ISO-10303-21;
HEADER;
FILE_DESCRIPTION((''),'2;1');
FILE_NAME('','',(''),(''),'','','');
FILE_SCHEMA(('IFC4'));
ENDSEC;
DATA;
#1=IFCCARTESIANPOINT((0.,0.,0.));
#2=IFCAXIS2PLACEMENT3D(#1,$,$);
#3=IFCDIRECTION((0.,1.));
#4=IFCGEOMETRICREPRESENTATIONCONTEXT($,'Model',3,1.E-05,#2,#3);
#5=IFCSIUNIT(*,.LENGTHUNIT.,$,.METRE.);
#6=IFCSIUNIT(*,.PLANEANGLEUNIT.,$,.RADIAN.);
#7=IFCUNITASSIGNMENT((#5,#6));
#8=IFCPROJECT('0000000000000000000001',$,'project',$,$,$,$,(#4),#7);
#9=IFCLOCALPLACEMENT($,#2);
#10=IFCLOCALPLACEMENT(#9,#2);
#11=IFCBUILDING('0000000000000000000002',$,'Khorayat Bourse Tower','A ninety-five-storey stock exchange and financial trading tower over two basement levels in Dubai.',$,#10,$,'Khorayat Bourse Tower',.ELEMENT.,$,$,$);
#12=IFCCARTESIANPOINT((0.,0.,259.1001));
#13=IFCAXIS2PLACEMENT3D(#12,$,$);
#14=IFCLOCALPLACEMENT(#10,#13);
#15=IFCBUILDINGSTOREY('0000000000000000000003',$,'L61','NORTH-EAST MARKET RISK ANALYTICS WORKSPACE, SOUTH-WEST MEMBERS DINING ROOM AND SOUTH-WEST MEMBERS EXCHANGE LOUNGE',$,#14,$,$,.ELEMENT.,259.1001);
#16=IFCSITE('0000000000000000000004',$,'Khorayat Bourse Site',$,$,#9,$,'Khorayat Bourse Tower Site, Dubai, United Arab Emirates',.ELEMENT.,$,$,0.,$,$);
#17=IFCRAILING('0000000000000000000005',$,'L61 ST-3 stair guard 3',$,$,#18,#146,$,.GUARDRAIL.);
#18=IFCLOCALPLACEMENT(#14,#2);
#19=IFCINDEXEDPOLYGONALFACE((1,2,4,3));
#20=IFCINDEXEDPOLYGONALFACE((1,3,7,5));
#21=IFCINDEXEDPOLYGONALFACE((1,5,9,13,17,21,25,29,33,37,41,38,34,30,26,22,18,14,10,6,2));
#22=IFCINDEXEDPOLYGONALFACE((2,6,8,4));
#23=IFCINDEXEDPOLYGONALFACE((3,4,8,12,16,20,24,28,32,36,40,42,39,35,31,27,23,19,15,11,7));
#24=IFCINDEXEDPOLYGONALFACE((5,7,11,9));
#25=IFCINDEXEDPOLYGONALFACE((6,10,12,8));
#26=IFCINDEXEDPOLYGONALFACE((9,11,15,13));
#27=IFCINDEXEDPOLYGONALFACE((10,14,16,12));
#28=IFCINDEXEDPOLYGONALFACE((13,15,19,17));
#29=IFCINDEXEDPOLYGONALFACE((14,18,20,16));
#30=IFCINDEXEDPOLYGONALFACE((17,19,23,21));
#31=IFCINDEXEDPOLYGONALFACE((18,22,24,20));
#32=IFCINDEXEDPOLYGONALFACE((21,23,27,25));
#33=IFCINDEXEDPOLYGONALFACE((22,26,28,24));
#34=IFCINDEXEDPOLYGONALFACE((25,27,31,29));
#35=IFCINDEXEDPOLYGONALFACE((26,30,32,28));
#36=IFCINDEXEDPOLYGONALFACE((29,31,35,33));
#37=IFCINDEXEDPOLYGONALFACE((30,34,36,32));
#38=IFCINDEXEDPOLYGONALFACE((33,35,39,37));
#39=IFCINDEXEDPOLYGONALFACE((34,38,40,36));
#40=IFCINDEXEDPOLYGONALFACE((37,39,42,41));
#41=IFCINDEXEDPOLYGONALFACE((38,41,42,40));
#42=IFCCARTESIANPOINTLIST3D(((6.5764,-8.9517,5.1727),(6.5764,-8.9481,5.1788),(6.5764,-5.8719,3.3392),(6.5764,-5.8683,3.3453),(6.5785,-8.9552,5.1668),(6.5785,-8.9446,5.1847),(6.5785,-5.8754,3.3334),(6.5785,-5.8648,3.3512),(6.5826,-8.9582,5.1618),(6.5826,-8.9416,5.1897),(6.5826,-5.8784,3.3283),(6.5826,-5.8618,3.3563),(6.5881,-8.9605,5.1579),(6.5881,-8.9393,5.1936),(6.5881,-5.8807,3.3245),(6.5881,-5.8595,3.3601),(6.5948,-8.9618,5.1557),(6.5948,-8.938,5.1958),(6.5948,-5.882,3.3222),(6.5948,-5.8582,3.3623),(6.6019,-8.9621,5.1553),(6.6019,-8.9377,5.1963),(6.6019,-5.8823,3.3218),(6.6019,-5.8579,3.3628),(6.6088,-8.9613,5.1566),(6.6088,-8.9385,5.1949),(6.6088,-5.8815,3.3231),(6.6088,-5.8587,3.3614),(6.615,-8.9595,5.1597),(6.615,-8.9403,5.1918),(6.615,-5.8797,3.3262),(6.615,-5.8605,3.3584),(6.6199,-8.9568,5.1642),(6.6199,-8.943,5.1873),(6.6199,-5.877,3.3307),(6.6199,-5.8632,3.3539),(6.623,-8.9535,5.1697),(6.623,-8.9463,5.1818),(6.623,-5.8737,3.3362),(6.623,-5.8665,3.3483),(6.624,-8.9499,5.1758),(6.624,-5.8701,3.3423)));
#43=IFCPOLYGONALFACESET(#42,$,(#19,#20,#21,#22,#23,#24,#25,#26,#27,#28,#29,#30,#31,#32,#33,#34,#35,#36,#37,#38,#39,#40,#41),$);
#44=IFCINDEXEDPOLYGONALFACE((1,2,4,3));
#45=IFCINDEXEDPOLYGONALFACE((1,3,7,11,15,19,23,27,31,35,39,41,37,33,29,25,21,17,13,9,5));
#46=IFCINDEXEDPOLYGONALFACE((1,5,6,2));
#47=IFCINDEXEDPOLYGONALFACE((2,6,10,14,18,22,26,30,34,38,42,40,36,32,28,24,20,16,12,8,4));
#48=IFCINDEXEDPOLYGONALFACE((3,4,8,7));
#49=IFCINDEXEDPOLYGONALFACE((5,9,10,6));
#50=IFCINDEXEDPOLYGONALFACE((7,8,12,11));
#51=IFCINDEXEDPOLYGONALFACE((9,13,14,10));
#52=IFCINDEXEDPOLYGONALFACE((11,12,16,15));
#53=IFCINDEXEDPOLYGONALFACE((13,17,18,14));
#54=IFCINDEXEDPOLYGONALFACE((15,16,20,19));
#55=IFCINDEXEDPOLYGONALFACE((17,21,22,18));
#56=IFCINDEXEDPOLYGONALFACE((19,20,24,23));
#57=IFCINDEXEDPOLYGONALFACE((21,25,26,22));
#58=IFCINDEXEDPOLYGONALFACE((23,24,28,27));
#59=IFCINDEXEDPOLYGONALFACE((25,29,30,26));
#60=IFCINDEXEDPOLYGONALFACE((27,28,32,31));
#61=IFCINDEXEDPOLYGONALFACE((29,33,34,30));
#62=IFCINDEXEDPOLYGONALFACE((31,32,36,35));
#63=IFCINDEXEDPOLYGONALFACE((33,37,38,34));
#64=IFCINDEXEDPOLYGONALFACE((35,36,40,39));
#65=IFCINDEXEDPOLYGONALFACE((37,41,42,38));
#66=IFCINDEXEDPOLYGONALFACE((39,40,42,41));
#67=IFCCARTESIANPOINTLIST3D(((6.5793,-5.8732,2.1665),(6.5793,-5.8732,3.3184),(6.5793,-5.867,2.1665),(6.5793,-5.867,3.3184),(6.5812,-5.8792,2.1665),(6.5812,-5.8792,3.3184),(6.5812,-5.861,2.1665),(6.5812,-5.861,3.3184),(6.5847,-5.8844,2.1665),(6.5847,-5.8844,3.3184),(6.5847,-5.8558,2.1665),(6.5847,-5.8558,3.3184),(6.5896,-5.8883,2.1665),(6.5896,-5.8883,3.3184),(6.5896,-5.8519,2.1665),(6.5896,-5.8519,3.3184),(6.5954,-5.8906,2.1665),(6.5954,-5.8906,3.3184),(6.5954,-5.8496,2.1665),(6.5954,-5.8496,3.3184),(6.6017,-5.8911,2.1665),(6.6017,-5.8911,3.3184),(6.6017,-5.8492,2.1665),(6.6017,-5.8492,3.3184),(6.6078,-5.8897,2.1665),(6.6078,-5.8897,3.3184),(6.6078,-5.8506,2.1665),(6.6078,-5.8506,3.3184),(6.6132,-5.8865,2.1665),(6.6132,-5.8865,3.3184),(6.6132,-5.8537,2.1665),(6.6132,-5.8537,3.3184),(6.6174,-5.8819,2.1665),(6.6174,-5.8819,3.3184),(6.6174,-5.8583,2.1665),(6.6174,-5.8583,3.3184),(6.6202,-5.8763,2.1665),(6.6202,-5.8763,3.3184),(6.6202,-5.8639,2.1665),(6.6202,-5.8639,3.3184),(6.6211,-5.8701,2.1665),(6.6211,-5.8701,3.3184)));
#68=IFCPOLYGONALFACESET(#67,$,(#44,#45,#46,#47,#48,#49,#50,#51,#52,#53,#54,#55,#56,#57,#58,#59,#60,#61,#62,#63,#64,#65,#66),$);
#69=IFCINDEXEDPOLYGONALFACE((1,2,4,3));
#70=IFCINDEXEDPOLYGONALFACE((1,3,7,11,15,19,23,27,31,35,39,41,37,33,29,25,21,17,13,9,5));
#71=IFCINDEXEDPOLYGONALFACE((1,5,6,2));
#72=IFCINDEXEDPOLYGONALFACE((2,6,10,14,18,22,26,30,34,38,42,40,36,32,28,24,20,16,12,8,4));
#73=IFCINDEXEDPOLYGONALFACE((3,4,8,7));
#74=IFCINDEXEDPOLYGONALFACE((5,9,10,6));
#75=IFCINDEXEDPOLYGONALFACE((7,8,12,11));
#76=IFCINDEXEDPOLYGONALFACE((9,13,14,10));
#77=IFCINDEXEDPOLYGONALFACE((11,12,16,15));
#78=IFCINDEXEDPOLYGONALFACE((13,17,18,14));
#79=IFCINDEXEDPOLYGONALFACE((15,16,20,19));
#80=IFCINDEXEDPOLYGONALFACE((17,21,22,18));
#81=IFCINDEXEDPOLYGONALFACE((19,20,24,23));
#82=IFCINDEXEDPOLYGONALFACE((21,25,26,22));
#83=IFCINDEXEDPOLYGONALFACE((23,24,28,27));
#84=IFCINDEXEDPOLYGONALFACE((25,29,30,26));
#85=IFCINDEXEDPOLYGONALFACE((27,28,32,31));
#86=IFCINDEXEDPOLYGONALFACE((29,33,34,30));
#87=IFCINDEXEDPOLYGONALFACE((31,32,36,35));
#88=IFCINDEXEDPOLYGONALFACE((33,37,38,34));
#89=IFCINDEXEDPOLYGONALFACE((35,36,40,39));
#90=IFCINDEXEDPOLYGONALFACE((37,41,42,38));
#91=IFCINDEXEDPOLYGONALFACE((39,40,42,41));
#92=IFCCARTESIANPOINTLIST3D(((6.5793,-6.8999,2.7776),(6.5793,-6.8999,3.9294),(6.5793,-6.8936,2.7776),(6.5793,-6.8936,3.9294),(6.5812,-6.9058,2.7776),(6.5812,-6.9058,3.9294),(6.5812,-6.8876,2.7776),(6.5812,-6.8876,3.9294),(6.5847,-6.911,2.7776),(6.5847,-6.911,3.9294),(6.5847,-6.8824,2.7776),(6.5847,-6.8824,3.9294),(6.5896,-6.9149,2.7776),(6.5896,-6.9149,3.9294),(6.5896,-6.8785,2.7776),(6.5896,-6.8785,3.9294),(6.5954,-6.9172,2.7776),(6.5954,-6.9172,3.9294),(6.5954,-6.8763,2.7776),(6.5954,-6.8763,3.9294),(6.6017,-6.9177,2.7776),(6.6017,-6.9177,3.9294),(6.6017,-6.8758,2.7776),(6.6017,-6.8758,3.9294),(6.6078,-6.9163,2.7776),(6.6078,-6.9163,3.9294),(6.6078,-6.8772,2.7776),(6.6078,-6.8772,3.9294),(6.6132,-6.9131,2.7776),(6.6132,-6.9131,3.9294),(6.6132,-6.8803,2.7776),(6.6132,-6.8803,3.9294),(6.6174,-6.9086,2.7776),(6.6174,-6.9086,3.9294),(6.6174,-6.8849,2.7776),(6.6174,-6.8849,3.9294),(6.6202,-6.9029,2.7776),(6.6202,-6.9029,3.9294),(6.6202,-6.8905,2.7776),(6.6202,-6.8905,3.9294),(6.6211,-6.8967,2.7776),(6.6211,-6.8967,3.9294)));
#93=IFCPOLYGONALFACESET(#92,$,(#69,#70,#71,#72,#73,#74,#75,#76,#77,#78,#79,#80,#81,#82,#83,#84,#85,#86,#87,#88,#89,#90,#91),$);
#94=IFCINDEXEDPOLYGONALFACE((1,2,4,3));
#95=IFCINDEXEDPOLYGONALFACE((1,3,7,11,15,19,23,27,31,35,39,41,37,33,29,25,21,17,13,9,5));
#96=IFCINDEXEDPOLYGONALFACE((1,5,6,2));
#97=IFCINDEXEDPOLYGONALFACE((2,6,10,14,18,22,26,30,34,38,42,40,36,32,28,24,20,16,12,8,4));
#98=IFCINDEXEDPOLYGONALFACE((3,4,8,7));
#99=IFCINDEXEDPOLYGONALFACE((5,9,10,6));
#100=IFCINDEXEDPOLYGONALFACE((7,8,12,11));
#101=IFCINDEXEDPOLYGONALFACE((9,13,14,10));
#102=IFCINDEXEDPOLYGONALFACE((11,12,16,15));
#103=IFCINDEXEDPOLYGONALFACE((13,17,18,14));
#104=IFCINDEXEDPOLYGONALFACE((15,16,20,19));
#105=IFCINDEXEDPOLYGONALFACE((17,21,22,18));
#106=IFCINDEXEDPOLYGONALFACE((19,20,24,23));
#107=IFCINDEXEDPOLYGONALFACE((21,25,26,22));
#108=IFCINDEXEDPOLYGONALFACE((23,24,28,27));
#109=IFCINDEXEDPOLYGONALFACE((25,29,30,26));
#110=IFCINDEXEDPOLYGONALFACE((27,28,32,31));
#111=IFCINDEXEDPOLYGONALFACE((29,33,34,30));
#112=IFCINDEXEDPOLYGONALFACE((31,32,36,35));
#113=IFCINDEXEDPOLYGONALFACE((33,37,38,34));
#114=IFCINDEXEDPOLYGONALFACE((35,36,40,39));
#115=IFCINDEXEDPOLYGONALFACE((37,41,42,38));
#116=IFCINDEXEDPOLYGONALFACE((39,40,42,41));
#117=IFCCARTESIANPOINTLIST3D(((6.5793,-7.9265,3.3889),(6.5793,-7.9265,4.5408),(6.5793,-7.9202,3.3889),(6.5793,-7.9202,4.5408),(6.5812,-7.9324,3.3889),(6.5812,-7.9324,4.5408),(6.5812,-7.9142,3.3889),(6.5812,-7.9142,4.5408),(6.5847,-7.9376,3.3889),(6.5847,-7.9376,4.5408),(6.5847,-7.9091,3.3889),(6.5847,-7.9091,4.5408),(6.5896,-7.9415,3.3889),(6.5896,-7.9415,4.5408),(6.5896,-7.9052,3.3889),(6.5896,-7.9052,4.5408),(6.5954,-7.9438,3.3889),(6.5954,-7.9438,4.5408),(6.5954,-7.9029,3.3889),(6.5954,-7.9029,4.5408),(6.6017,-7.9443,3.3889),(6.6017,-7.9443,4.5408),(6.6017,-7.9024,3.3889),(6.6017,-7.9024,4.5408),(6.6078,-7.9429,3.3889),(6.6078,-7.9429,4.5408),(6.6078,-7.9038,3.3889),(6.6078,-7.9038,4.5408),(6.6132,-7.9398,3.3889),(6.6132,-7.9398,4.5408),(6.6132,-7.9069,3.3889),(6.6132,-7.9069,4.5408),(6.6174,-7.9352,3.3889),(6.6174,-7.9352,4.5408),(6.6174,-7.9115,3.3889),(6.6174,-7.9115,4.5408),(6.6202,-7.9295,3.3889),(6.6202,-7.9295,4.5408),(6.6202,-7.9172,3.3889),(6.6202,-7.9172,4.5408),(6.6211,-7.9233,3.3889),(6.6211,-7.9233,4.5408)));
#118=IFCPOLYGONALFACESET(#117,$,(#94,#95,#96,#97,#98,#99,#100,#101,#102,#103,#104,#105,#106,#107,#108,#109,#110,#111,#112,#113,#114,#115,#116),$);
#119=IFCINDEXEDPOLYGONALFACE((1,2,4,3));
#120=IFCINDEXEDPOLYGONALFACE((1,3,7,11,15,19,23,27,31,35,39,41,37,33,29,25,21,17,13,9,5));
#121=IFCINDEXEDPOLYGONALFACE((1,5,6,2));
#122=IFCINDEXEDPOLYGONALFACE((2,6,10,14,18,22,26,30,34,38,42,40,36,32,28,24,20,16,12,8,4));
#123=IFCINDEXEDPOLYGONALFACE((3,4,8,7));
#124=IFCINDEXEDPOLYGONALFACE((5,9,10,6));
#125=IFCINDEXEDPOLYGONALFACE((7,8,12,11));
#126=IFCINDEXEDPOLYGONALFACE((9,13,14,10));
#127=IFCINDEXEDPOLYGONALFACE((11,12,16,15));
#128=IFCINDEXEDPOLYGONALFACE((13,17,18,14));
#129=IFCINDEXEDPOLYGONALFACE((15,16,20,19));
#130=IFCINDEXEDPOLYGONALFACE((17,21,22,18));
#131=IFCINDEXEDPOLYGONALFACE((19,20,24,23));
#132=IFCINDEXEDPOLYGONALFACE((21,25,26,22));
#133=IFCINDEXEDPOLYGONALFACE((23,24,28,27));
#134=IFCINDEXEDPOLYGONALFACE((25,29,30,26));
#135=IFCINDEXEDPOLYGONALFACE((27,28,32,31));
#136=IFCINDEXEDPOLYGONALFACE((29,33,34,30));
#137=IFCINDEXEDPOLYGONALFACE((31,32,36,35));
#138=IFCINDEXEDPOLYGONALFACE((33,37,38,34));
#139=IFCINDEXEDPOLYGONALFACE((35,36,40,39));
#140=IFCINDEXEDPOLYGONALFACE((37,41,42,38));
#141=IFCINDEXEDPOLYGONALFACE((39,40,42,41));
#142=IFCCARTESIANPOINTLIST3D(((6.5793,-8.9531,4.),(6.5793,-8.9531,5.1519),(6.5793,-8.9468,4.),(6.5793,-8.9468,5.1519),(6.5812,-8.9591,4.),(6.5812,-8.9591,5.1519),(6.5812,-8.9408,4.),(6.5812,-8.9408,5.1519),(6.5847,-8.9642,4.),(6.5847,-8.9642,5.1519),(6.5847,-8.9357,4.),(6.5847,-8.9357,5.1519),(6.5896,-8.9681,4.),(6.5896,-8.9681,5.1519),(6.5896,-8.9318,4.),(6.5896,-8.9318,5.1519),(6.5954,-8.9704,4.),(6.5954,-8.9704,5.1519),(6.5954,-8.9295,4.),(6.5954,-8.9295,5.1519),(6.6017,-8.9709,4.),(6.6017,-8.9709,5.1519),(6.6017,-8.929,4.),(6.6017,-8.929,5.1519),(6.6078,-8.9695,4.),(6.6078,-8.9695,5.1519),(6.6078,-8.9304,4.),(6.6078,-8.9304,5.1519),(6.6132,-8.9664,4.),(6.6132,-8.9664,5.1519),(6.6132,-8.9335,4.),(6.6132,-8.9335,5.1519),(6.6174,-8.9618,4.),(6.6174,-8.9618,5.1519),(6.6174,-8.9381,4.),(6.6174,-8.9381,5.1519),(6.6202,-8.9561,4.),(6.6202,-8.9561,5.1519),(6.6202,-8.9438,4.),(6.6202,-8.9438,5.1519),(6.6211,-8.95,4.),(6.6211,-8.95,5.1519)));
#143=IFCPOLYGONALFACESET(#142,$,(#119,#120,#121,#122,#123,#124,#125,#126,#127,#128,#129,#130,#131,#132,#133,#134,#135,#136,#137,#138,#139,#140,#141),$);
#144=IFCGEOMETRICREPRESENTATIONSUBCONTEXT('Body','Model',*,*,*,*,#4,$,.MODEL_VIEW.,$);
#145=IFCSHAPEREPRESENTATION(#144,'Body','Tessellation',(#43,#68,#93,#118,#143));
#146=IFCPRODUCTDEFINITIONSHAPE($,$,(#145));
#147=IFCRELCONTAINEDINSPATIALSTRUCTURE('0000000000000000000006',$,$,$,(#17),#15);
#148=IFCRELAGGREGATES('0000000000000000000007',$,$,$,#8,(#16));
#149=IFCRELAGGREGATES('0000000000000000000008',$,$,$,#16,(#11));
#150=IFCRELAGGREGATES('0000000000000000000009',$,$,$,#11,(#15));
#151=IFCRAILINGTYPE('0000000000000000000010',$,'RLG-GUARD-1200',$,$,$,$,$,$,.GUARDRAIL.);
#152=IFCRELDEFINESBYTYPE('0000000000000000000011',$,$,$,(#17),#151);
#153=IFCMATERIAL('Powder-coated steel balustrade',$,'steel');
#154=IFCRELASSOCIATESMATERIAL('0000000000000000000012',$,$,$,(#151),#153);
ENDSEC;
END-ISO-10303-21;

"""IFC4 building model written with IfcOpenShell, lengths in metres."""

from ifc_helpers import new_model, si_unit, direction, frame, origin, origin_2d, place, context, subcontext, project, spatial, circle, extrude, source, transform, mapped, material, type_object, element, save


model = new_model("IFC4")

# Units and contexts
model_context = context("Model", 3, precision=1e-05, world=origin(), true_north=direction((0.0, 1.0)))
body_context = subcontext(model_context, "Body", "Model", "MODEL_VIEW")
ifc_project = project(units=[si_unit("LENGTHUNIT", "METRE"), si_unit("PLANEANGLEUNIT", "RADIAN")], contexts=[model_context])

# Site, building, storey
site_placement = place(None, origin())
site = spatial("IfcSite", under=ifc_project, at=site_placement, Name="Khorayat Bourse Site", LongName="Khorayat Bourse Tower Site, Dubai, United Arab Emirates", CompositionType="ELEMENT", RefElevation=0.0)
building_placement = place(site_placement, origin())
building = spatial("IfcBuilding", under=site, at=building_placement, Name="Khorayat Bourse Tower", Description="A ninety-five-storey stock exchange and financial trading tower over two basement levels in Dubai.", LongName="Khorayat Bourse Tower", CompositionType="ELEMENT")
storey_placement = place(building_placement, frame((0.0, 0.0, 259.1001)))
storey = spatial("IfcBuildingStorey", under=building, at=storey_placement, Name="L61", Description="NORTH-EAST MARKET RISK ANALYTICS WORKSPACE, SOUTH-WEST MEMBERS DINING ROOM AND SOUTH-WEST MEMBERS EXCHANGE LOUNGE", CompositionType="ELEMENT", Elevation=259.1001)

# Railing
ifc_material_1 = material(Name="Powder-coated steel balustrade", Category="steel")
railing_type_1 = type_object("IfcRailingType", Name="RLG-GUARD-1200", PredefinedType="GUARDRAIL", material=ifc_material_1)
shared_shape_1 = source(origin(), body_context, "Body", "SweptSolid", [
    extrude(circle(Radius=0.0239, at=origin_2d()), frame((0.0, 0.0, 1.1758), z_axis=(0.0, -0.859261, 0.511538), x_axis=(1.0, 0.0, 0.0)), (0.0, 0.0, 1.0), 3.5842),
    extrude(circle(Radius=0.021, at=origin_2d()), origin(), (0.0, 0.0, 1.0), 1.1519),
    extrude(circle(Radius=0.021, at=origin_2d()), frame((0.0, -1.0266, 0.6111)), (0.0, 0.0, 1.0), 1.1519),
    extrude(circle(Radius=0.021, at=origin_2d()), frame((0.0, -2.0532, 1.2224)), (0.0, 0.0, 1.0), 1.1519),
    extrude(circle(Radius=0.021, at=origin_2d()), frame((0.0, -3.0798, 1.8335)), (0.0, 0.0, 1.0), 1.1519),
])
railing_1_placement = place(storey_placement, frame((6.6001, -5.8701, 2.1665)))
element("IfcRailing", 1, at=railing_1_placement, inside=storey, type_object=railing_type_1, Name="L61 ST-3 stair guard 3", PredefinedType="GUARDRAIL", context=body_context, shape_type="MappedRepresentation", body=[
    mapped(shared_shape_1, transform((0.0, 0.0, 0.0), scale=1.0)),
])

save(model, "model.ifc")
